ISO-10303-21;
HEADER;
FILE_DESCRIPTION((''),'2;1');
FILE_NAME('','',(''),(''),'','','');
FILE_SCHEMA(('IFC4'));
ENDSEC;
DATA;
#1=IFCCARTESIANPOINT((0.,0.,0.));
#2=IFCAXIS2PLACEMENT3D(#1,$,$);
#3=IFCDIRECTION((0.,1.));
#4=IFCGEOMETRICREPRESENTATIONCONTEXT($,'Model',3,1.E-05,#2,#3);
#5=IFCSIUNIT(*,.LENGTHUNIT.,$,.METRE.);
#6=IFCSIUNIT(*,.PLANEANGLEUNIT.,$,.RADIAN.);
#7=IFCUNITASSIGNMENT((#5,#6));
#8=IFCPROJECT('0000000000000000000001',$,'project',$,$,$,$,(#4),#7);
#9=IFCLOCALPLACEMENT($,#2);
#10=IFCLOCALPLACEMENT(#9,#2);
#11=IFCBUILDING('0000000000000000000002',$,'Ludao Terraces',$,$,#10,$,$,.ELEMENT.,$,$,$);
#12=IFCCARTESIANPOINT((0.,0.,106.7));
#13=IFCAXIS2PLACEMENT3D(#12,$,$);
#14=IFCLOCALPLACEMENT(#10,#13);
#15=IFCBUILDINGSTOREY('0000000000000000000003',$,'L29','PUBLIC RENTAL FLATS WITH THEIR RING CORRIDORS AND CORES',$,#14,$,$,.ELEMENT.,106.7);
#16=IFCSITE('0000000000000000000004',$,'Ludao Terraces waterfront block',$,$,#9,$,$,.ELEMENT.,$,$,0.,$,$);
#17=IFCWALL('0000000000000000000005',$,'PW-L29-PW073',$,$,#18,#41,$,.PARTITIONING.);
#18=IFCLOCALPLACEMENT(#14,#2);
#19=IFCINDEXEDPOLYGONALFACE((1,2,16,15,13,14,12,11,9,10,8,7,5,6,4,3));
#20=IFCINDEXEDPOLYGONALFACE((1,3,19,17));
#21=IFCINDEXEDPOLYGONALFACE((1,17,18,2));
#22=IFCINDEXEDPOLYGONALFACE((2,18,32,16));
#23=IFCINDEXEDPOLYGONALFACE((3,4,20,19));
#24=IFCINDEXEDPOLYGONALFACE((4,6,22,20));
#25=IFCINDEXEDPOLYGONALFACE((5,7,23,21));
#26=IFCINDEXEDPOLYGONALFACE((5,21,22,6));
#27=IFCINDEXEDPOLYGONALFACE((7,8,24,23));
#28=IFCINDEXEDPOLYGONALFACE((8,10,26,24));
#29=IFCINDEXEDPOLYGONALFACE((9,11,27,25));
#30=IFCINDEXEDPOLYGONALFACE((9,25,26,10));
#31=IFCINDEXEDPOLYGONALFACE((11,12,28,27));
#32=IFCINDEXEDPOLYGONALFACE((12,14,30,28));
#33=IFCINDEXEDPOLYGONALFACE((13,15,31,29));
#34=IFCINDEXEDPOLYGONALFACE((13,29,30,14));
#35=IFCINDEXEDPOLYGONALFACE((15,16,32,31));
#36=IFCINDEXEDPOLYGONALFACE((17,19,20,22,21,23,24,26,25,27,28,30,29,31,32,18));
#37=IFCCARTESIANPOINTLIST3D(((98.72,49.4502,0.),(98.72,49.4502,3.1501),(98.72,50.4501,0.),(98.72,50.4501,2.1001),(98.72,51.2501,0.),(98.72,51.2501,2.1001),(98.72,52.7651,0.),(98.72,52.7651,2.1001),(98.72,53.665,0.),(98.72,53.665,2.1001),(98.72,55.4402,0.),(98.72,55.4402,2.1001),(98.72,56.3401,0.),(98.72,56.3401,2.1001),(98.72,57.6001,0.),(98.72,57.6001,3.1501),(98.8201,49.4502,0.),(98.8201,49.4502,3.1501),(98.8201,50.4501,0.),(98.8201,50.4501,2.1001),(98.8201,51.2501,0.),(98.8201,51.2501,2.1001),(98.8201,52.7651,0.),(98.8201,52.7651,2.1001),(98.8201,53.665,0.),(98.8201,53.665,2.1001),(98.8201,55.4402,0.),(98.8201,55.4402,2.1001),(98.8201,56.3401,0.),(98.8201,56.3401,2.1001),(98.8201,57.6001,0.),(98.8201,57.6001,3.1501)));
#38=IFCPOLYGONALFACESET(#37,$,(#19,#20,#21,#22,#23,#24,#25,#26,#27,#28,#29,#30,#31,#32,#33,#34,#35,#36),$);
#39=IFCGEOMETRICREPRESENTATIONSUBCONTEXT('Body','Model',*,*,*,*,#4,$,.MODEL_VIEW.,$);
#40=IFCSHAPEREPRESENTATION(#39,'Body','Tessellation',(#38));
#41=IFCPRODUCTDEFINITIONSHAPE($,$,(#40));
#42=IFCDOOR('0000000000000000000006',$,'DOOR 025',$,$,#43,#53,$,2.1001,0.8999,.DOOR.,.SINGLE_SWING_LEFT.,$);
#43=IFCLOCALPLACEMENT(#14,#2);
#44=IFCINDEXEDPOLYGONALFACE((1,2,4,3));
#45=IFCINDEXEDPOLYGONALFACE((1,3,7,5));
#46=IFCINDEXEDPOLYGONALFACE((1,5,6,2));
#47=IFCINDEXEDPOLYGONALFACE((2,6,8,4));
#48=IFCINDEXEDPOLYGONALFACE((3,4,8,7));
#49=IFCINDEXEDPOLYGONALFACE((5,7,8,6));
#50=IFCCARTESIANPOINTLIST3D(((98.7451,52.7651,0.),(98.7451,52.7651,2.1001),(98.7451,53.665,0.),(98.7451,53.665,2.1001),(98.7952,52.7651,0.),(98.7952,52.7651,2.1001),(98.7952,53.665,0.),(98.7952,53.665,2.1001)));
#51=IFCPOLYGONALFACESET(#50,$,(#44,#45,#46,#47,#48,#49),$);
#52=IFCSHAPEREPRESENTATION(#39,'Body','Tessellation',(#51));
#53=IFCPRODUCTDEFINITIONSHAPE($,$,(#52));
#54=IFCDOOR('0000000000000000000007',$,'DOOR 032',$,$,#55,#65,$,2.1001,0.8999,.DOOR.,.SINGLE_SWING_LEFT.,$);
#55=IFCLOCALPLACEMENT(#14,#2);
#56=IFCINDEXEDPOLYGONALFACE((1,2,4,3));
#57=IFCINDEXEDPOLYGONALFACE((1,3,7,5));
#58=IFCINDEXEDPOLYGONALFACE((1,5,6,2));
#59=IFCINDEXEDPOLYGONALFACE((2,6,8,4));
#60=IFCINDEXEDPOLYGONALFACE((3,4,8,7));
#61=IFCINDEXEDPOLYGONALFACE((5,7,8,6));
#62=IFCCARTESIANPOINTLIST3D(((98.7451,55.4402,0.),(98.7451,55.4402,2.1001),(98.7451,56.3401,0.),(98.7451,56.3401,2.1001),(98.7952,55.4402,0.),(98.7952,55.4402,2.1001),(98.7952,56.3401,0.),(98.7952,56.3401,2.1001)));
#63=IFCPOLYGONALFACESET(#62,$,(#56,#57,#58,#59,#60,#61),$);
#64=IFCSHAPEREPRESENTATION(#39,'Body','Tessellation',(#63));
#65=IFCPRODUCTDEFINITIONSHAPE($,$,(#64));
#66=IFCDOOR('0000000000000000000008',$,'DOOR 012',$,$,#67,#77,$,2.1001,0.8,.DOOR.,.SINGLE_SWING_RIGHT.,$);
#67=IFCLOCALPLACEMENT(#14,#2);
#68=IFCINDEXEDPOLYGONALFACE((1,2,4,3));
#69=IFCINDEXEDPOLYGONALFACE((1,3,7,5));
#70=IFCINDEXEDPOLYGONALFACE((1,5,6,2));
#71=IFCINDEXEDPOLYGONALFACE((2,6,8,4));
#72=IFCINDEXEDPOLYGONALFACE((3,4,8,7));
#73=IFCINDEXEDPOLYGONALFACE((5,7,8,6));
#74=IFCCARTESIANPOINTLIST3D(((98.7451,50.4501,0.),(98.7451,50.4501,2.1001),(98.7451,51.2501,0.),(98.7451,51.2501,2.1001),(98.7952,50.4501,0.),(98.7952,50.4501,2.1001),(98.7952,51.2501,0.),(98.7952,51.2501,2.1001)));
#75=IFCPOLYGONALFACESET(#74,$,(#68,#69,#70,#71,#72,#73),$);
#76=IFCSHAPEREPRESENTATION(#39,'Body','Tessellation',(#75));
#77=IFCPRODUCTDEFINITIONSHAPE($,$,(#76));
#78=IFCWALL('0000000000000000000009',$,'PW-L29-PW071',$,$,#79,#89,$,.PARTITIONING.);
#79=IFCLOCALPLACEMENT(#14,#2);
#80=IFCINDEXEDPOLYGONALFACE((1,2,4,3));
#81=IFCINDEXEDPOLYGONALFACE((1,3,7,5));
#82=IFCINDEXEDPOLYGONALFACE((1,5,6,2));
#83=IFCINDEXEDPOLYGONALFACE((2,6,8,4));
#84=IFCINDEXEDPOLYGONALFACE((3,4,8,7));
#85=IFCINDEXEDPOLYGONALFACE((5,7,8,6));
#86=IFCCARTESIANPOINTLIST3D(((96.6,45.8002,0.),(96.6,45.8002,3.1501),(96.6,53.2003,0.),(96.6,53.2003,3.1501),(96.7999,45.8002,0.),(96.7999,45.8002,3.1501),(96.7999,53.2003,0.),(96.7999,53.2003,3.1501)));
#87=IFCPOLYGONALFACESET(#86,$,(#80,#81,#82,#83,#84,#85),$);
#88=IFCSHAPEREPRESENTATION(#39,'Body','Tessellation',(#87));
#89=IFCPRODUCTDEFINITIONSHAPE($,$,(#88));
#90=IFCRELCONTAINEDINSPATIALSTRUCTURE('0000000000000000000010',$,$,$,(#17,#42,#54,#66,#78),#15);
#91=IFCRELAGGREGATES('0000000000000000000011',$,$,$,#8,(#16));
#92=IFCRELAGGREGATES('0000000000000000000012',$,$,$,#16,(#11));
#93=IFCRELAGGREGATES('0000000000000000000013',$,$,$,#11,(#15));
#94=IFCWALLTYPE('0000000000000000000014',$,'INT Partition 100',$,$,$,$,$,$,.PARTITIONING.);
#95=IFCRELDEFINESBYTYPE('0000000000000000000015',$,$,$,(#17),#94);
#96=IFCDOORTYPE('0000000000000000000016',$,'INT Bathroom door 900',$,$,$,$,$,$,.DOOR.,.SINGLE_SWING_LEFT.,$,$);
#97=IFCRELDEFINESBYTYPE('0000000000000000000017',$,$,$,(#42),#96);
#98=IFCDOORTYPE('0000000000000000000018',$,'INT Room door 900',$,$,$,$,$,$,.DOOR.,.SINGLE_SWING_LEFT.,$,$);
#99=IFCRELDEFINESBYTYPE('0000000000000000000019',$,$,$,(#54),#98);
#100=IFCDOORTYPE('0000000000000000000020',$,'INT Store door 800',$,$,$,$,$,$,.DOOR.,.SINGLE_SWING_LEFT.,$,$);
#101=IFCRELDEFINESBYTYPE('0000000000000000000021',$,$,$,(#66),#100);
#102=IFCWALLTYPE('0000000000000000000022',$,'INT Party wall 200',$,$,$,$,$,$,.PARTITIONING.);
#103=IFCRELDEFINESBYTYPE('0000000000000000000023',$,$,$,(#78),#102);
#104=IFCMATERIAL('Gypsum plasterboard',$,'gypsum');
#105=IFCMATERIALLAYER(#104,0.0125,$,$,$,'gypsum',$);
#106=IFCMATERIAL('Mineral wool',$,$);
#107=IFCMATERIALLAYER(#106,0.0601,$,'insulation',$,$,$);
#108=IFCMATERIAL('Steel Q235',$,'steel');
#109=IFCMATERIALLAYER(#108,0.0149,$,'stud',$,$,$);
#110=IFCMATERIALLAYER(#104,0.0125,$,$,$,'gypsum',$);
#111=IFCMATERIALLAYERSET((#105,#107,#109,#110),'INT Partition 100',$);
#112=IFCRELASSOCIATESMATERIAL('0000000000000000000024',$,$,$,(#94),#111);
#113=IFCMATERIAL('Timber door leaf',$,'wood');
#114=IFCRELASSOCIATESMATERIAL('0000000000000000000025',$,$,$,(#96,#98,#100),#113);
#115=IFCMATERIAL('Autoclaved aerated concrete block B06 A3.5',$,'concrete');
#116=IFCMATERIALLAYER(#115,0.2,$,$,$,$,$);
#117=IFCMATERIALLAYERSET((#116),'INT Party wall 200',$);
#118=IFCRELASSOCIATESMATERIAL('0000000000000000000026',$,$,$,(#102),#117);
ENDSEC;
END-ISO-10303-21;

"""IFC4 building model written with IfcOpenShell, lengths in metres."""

from ifc_helpers import new_model, si_unit, direction, frame, frame_2d, origin, place, context, subcontext, project, spatial, rectangle, extrude, material, layer, layer_set, type_object, element, fill, save


model = new_model("IFC4")

# Units and contexts
model_context = context("Model", 3, precision=1e-05, world=origin(), true_north=direction((0.0, 1.0)))
body_context = subcontext(model_context, "Body", "Model", "MODEL_VIEW")
ifc_project = project(units=[si_unit("LENGTHUNIT", "METRE"), si_unit("PLANEANGLEUNIT", "RADIAN")], contexts=[model_context])

# Site, building, storey
site_placement = place(None, origin())
site = spatial("IfcSite", under=ifc_project, at=site_placement, Name="Ludao Terraces waterfront block", CompositionType="ELEMENT", RefElevation=0.0)
building_placement = place(site_placement, origin())
building = spatial("IfcBuilding", under=site, at=building_placement, Name="Ludao Terraces", CompositionType="ELEMENT")
storey_placement = place(building_placement, frame((0.0, 0.0, 106.7)))
storey = spatial("IfcBuildingStorey", under=building, at=storey_placement, Name="L29", Description="PUBLIC RENTAL FLATS WITH THEIR RING CORRIDORS AND CORES", CompositionType="ELEMENT", Elevation=106.7)

# Shared definitions
ifc_material_1 = material(Name="Mineral wool")

# Shared definitions
ifc_material_2 = material(Name="Gypsum plasterboard", Category="gypsum")
ifc_layer_1 = layer(ifc_material_2, 0.0125, Category="gypsum")
ifc_layer_2 = layer(ifc_material_1, 0.0601, Name="insulation")
ifc_material_3 = material(Name="Steel Q235", Category="steel")
ifc_layer_3 = layer(ifc_material_3, 0.0149, Name="stud")
ifc_layer_4 = layer(ifc_material_2, 0.0125, Category="gypsum")
ifc_layer_set_1 = layer_set([ifc_layer_1, ifc_layer_2, ifc_layer_3, ifc_layer_4], Name="INT Partition 100")
wall_type_1 = type_object("IfcWallType", Name="INT Partition 100", PredefinedType="PARTITIONING", material=ifc_layer_set_1)

# Wall, openings, doors
wall_1_placement = place(storey_placement, frame((98.77, 49.4502, 0.0), z_axis=(0.0, 0.0, 1.0), x_axis=(0.0, 1.0, 0.0)))
wall_1 = element("IfcWall", 1, at=wall_1_placement, inside=storey, type_object=wall_type_1, Name="PW-L29-PW073", PredefinedType="PARTITIONING", context=body_context, shape_type="SweptSolid", body=[
    extrude(rectangle(XDim=8.1499, YDim=0.1001, at=frame_2d((4.075, 0.0))), origin(), (0.0, 0.0, 1.0), 3.1501),
])
opening_1_placement = place(wall_1_placement, frame((1.0, 0.0, 0.0)))
opening_1 = element("IfcOpeningElement", 2, at=opening_1_placement, cuts=wall_1, PredefinedType="OPENING", context=body_context, shape_type="SweptSolid", body=[
    extrude(rectangle(XDim=0.8, YDim=2.1001, at=frame_2d((0.3999, 1.05))), frame((0.0, 0.0601, 0.0), z_axis=(0.0, -1.0, 0.0), x_axis=(1.0, 0.0, 0.0)), (0.0, 0.0, 1.0), 0.1201),
])
opening_2_placement = place(wall_1_placement, frame((3.3149, 0.0, 0.0)))
opening_2 = element("IfcOpeningElement", 3, at=opening_2_placement, cuts=wall_1, PredefinedType="OPENING", context=body_context, shape_type="SweptSolid", body=[
    extrude(rectangle(XDim=0.8999, YDim=2.1001, at=frame_2d((0.45, 1.05))), frame((0.0, 0.0601, 0.0), z_axis=(0.0, -1.0, 0.0), x_axis=(1.0, 0.0, 0.0)), (0.0, 0.0, 1.0), 0.1201),
])
opening_3_placement = place(wall_1_placement, frame((5.99, 0.0, 0.0)))
opening_3 = element("IfcOpeningElement", 4, at=opening_3_placement, cuts=wall_1, PredefinedType="OPENING", context=body_context, shape_type="SweptSolid", body=[
    extrude(rectangle(XDim=0.8999, YDim=2.1001, at=frame_2d((0.45, 1.05))), frame((0.0, 0.0601, 0.0), z_axis=(0.0, -1.0, 0.0), x_axis=(1.0, 0.0, 0.0)), (0.0, 0.0, 1.0), 0.1201),
])
ifc_material_4 = material(Name="Timber door leaf", Category="wood")
door_type_1 = type_object("IfcDoorType", Name="INT Bathroom door 900", OperationType="SINGLE_SWING_LEFT", PredefinedType="DOOR", material=ifc_material_4)
door_1_placement = place(opening_2_placement, origin())
door_1 = element("IfcDoor", 5, at=door_1_placement, inside=storey, type_object=door_type_1, Name="DOOR 025", OperationType="SINGLE_SWING_LEFT", OverallHeight=2.1001, OverallWidth=0.8999, PredefinedType="DOOR", context=body_context, shape_type="SweptSolid", body=[
    extrude(rectangle(XDim=0.8999, YDim=2.1001, at=frame_2d((0.45, 1.05))), frame((0.0, 0.0249, 0.0), z_axis=(0.0, -1.0, 0.0), x_axis=(1.0, 0.0, 0.0)), (0.0, 0.0, 1.0), 0.05),
])
fill(opening_2, door_1)
door_type_2 = type_object("IfcDoorType", Name="INT Room door 900", OperationType="SINGLE_SWING_LEFT", PredefinedType="DOOR", material=ifc_material_4)
door_2_placement = place(opening_3_placement, origin())
door_2 = element("IfcDoor", 6, at=door_2_placement, inside=storey, type_object=door_type_2, Name="DOOR 032", OperationType="SINGLE_SWING_LEFT", OverallHeight=2.1001, OverallWidth=0.8999, PredefinedType="DOOR", context=body_context, shape_type="SweptSolid", body=[
    extrude(rectangle(XDim=0.8999, YDim=2.1001, at=frame_2d((0.45, 1.05))), frame((0.0, 0.0249, 0.0), z_axis=(0.0, -1.0, 0.0), x_axis=(1.0, 0.0, 0.0)), (0.0, 0.0, 1.0), 0.05),
])
fill(opening_3, door_2)
door_type_3 = type_object("IfcDoorType", Name="INT Store door 800", OperationType="SINGLE_SWING_LEFT", PredefinedType="DOOR", material=ifc_material_4)
door_3_placement = place(opening_1_placement, origin())
door_3 = element("IfcDoor", 7, at=door_3_placement, inside=storey, type_object=door_type_3, Name="DOOR 012", OperationType="SINGLE_SWING_RIGHT", OverallHeight=2.1001, OverallWidth=0.8, PredefinedType="DOOR", context=body_context, shape_type="SweptSolid", body=[
    extrude(rectangle(XDim=0.8, YDim=2.1001, at=frame_2d((0.3999, 1.05))), frame((0.0, 0.0249, 0.0), z_axis=(0.0, -1.0, 0.0), x_axis=(1.0, 0.0, 0.0)), (0.0, 0.0, 1.0), 0.05),
])
fill(opening_1, door_3)

# Wall
ifc_material_5 = material(Name="Autoclaved aerated concrete block B06 A3.5", Category="concrete")
ifc_layer_5 = layer(ifc_material_5, 0.2)
ifc_layer_set_2 = layer_set([ifc_layer_5], Name="INT Party wall 200")
wall_type_2 = type_object("IfcWallType", Name="INT Party wall 200", PredefinedType="PARTITIONING", material=ifc_layer_set_2)
wall_2_placement = place(storey_placement, frame((96.7, 45.8, 0.0), z_axis=(0.0, 0.0, 1.0), x_axis=(0.0, 1.0, 0.0)))
element("IfcWall", 8, at=wall_2_placement, inside=storey, type_object=wall_type_2, Name="PW-L29-PW071", PredefinedType="PARTITIONING", context=body_context, shape_type="SweptSolid", body=[
    extrude(rectangle(XDim=7.4001, YDim=0.2, at=frame_2d((3.7002, 0.0))), origin(), (0.0, 0.0, 1.0), 3.1501),
])

save(model, "model.ifc")
